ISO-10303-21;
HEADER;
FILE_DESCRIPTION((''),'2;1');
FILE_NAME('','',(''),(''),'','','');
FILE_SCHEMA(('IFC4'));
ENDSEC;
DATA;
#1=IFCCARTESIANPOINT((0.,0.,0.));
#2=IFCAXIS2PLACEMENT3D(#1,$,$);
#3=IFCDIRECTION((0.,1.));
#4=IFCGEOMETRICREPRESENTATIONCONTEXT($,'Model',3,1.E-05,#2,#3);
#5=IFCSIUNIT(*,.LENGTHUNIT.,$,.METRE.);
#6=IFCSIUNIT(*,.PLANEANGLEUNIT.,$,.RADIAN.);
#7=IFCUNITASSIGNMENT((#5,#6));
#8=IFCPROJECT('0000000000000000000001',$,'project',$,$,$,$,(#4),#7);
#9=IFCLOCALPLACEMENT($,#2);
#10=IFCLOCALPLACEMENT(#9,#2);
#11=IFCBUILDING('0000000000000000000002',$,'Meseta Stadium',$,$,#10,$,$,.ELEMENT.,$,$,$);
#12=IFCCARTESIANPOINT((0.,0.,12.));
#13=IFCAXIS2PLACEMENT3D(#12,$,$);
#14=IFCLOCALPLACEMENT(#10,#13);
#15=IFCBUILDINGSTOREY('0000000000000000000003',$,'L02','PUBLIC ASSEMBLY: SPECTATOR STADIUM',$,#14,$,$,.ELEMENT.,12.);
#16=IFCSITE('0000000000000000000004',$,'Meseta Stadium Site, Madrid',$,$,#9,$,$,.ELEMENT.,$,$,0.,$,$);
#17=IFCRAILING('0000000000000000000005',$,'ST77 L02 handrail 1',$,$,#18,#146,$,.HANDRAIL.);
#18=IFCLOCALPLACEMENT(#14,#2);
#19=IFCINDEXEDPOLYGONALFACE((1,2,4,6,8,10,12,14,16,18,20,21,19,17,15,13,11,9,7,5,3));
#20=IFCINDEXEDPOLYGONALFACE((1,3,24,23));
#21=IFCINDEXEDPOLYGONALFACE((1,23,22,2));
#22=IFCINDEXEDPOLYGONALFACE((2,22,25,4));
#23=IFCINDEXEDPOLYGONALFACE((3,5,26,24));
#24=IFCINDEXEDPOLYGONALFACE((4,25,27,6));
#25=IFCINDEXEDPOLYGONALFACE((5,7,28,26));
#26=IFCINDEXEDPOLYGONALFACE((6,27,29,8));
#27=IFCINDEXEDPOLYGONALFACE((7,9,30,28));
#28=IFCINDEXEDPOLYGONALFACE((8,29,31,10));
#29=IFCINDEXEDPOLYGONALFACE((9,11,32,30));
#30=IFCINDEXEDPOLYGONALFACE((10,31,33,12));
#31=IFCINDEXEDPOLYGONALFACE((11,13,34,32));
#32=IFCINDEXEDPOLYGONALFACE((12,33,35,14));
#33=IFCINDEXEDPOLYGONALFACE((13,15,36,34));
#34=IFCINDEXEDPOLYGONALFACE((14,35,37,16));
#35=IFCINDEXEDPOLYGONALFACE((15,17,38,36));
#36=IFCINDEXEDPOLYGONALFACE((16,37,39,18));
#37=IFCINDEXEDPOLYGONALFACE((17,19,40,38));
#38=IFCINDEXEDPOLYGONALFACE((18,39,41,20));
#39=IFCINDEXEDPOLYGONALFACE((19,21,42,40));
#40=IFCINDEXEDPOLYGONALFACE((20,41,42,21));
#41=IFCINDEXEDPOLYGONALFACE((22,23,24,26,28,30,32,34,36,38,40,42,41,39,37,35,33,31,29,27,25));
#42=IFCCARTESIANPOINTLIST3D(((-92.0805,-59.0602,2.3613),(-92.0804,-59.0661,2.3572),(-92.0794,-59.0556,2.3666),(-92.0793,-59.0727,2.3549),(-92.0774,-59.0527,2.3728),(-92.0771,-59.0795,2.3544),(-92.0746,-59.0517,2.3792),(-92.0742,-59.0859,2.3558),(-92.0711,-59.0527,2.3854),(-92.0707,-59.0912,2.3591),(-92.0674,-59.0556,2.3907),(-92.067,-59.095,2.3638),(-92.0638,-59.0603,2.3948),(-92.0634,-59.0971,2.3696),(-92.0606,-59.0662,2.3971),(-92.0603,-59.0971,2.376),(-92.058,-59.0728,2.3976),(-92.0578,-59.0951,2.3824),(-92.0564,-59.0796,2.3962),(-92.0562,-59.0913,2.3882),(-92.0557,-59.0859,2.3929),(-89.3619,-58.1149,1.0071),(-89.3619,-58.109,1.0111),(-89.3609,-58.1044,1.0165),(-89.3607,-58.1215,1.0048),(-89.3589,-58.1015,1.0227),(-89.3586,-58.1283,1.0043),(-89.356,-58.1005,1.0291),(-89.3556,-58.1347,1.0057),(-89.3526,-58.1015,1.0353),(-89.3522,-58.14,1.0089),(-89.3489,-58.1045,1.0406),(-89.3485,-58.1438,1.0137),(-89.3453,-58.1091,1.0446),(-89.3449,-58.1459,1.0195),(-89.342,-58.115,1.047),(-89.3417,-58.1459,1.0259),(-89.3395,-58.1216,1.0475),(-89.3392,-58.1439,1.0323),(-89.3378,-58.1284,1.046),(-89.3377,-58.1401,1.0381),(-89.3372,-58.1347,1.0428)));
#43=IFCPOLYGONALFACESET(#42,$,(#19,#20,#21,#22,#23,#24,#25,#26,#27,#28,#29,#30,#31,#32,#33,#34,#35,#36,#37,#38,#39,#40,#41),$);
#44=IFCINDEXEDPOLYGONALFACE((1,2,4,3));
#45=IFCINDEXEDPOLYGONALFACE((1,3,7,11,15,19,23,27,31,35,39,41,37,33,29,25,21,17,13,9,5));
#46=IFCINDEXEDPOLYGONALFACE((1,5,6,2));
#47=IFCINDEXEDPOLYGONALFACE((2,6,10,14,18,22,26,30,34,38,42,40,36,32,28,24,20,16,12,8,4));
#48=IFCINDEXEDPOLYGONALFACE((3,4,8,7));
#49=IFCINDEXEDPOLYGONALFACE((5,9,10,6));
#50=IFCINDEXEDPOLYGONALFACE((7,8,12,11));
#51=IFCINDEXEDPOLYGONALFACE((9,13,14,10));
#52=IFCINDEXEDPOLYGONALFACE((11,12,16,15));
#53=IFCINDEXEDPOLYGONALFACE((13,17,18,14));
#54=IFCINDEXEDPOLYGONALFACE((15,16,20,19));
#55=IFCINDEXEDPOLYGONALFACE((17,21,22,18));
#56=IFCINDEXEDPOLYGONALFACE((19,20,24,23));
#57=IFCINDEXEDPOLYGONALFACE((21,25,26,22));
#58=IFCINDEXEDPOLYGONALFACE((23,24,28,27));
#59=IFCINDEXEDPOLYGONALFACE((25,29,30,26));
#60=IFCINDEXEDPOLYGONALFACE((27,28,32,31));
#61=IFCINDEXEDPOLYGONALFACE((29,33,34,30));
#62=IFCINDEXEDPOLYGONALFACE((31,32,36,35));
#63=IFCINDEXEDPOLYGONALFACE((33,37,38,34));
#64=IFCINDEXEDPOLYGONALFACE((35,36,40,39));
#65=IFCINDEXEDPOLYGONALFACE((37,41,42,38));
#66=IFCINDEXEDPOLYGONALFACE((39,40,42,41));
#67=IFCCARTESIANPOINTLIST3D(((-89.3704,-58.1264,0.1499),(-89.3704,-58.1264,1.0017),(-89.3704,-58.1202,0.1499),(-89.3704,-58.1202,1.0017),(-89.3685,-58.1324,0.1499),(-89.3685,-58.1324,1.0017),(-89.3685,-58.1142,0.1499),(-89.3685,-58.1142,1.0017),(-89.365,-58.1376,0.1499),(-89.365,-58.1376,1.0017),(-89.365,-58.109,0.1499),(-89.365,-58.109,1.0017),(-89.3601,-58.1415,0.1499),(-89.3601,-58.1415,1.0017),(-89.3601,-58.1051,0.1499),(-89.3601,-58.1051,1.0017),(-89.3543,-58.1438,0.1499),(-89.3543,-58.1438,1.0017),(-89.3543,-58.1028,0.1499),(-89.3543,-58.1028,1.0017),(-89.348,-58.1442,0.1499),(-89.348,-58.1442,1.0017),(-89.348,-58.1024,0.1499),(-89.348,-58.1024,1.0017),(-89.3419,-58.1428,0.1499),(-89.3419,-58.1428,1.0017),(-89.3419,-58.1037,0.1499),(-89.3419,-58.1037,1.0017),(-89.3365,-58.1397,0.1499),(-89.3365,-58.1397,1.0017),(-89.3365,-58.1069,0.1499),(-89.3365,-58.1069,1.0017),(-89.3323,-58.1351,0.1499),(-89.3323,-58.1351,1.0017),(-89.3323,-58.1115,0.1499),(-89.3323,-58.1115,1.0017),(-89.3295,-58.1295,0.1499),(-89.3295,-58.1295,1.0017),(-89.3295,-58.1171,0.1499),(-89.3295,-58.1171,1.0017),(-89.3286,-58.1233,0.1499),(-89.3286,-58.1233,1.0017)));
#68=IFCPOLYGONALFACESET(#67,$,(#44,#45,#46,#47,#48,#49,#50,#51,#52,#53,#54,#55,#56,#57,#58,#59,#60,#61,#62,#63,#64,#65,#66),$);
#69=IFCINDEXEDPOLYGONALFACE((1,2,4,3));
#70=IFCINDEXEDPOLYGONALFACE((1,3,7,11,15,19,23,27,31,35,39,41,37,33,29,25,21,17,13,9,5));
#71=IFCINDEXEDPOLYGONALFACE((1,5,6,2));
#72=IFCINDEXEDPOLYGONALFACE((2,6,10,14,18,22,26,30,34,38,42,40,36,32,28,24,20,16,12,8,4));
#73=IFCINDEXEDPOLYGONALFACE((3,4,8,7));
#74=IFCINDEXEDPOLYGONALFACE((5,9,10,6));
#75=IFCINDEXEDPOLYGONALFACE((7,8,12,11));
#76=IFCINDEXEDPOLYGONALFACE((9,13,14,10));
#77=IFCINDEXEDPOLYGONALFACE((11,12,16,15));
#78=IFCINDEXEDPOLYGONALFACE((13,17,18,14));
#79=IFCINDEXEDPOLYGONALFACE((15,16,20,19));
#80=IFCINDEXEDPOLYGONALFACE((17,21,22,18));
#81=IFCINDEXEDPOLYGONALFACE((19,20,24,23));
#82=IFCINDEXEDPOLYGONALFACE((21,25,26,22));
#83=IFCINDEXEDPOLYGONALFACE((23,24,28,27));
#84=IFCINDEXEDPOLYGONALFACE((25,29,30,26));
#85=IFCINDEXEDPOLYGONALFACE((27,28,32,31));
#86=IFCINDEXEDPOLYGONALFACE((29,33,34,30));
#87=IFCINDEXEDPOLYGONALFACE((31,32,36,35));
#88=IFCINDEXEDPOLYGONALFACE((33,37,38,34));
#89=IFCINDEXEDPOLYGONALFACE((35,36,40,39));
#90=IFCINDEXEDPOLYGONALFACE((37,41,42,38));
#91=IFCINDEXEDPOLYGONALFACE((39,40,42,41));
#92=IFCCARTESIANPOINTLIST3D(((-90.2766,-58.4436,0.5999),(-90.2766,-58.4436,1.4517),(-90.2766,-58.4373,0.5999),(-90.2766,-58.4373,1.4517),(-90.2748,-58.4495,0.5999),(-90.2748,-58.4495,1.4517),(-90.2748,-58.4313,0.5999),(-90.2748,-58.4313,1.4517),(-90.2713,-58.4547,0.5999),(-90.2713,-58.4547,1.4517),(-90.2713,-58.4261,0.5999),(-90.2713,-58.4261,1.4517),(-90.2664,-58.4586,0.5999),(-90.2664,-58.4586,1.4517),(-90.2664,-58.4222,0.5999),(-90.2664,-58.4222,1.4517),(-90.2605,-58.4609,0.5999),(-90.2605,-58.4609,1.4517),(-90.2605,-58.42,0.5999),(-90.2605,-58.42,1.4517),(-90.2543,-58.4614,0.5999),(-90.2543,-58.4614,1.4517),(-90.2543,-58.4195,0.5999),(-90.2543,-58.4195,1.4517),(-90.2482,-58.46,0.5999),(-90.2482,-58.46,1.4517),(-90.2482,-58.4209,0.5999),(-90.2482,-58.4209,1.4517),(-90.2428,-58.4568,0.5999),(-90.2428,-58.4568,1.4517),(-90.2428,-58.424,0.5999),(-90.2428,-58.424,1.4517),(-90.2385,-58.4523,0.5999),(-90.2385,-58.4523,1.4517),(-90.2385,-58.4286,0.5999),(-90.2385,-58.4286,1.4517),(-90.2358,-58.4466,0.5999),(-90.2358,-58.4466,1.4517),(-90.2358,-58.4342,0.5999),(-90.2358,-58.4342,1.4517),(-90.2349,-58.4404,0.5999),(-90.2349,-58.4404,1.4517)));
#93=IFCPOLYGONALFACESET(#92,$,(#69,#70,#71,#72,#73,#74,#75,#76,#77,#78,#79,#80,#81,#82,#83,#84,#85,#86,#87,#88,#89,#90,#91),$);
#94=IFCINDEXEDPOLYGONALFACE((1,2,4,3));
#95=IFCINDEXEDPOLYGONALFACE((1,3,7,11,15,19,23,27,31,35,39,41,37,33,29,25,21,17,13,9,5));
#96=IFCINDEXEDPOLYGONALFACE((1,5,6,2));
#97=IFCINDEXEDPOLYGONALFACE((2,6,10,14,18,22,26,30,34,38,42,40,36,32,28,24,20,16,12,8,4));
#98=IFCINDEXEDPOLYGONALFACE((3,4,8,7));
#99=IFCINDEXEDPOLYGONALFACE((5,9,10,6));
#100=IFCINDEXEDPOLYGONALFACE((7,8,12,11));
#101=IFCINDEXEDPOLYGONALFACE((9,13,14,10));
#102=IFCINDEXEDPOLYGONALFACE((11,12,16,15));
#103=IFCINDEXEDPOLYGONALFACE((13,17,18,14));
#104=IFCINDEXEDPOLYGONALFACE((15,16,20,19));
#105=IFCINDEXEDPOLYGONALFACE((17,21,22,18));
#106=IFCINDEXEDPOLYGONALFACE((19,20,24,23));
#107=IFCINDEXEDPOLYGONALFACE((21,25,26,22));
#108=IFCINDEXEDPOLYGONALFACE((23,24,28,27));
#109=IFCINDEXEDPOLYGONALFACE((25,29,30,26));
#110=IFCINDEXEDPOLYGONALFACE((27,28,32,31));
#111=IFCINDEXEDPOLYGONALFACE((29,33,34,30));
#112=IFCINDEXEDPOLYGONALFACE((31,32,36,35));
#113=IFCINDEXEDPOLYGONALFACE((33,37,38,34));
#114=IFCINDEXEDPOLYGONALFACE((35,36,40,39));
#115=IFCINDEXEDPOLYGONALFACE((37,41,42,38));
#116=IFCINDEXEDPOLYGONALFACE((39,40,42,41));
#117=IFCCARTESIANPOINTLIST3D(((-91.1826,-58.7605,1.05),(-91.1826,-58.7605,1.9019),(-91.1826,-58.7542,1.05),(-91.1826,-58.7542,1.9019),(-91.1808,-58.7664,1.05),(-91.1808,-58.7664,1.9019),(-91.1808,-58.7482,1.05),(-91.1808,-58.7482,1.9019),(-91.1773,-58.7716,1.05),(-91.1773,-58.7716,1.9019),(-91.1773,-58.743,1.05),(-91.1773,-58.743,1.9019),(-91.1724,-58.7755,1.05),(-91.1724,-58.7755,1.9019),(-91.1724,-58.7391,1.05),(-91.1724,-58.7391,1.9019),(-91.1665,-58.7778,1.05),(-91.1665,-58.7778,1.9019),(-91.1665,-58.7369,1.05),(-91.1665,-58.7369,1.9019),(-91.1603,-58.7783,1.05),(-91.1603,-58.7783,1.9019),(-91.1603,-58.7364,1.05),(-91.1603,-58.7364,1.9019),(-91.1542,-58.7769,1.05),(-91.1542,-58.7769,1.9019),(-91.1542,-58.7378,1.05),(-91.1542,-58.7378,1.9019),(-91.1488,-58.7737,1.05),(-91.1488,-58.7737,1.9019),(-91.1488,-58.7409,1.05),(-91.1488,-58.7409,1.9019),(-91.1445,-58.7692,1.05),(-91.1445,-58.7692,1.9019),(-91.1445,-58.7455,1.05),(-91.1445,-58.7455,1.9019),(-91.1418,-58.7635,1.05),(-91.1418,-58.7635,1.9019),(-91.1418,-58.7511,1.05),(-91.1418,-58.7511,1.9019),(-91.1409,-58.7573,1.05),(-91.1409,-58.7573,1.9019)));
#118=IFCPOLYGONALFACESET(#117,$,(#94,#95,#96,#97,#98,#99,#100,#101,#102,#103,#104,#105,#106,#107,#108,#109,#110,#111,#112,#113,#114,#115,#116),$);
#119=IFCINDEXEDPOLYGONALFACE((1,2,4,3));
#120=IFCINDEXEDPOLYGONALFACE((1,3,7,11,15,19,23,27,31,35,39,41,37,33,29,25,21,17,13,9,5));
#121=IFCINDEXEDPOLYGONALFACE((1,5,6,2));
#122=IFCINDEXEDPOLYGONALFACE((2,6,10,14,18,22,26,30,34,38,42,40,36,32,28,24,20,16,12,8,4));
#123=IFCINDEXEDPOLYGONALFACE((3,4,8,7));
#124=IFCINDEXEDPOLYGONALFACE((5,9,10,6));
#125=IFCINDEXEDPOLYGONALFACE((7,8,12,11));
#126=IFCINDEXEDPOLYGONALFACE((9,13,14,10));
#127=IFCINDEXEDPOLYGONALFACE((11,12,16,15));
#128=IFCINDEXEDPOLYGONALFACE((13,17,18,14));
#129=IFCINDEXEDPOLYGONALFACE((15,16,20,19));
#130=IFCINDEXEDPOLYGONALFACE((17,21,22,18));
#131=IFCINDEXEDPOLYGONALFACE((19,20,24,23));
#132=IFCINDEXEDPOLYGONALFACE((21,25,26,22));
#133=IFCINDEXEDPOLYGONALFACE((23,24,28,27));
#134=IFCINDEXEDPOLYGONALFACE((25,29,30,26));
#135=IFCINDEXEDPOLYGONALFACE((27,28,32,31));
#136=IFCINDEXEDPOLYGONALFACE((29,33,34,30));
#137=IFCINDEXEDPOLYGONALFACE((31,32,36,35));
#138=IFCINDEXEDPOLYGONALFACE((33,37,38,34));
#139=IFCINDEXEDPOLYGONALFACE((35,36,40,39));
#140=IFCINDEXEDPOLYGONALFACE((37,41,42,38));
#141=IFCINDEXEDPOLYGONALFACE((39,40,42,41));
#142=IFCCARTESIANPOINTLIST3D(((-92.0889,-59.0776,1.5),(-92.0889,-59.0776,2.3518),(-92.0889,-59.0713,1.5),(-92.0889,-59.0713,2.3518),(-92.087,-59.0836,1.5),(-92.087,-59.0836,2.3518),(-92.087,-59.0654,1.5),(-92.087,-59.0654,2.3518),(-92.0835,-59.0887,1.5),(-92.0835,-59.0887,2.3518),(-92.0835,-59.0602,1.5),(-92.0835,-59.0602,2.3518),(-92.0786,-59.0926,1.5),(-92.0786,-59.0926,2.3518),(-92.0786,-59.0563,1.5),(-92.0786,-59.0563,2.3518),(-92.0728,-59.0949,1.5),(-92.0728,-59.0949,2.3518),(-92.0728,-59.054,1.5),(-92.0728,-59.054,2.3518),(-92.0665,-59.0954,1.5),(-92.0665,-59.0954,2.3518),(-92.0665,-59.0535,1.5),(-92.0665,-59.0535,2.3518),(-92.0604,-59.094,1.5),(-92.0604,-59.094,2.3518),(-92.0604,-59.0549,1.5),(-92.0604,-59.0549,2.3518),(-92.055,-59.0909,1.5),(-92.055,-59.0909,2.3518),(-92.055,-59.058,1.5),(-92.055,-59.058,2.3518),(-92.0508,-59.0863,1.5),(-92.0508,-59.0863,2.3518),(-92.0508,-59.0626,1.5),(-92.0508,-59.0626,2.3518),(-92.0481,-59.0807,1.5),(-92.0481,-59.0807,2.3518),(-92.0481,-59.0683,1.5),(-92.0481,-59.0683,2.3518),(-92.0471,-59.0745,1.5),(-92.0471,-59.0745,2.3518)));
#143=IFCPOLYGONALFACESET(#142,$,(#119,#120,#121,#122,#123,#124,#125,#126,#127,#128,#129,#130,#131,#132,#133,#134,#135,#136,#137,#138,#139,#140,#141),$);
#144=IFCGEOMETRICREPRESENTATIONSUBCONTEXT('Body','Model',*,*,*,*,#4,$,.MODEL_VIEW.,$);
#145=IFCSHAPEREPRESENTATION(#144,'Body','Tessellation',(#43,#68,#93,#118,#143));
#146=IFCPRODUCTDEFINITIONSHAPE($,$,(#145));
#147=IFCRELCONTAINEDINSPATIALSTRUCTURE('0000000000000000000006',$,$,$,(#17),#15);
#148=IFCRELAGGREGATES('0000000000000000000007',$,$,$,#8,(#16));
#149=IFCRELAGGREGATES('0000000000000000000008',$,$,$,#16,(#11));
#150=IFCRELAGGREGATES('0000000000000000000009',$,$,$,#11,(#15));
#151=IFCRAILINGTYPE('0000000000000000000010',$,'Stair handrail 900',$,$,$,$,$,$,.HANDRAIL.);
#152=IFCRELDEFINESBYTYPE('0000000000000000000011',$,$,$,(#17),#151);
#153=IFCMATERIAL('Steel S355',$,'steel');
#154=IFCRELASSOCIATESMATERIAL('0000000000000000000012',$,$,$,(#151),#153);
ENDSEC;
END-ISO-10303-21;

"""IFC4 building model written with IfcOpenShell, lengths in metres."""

from ifc_helpers import new_model, si_unit, direction, frame, origin, origin_2d, place, context, subcontext, project, spatial, circle, extrude, material, type_object, element, save


model = new_model("IFC4")

# Units and contexts
model_context = context("Model", 3, precision=1e-05, world=origin(), true_north=direction((0.0, 1.0)))
body_context = subcontext(model_context, "Body", "Model", "MODEL_VIEW")
ifc_project = project(units=[si_unit("LENGTHUNIT", "METRE"), si_unit("PLANEANGLEUNIT", "RADIAN")], contexts=[model_context])

# Site, building, storey
site_placement = place(None, origin())
site = spatial("IfcSite", under=ifc_project, at=site_placement, Name="Meseta Stadium Site, Madrid", CompositionType="ELEMENT", RefElevation=0.0)
building_placement = place(site_placement, origin())
building = spatial("IfcBuilding", under=site, at=building_placement, Name="Meseta Stadium", CompositionType="ELEMENT")
storey_placement = place(building_placement, frame((0.0, 0.0, 12.0)))
storey = spatial("IfcBuildingStorey", under=building, at=storey_placement, Name="L02", Description="PUBLIC ASSEMBLY: SPECTATOR STADIUM", CompositionType="ELEMENT", Elevation=12.0)

# Railing
ifc_material_1 = material(Name="Steel S355", Category="steel")
railing_type_1 = type_object("IfcRailingType", Name="Stair handrail 900", PredefinedType="HANDRAIL", material=ifc_material_1)
for number, where, name in (
    (1, (-89.3496, -58.1233, 0.1499), "ST77 L02 handrail 1"),
):
    element("IfcRailing", number, at=place(storey_placement, frame(where)), inside=storey, type_object=railing_type_1, Name=name, PredefinedType="HANDRAIL", context=body_context, shape_type="SweptSolid", body=[
        extrude(circle(Radius=0.0239, at=origin_2d()), frame((0.0, 0.0, 0.876), z_axis=(-0.854649, -0.299031, 0.424446), x_axis=(0.330256, -0.943891, 0.0)), (0.0, 0.0, 1.0), 3.1809),
        extrude(circle(Radius=0.021, at=origin_2d()), origin(), (0.0, 0.0, 1.0), 0.8518),
        extrude(circle(Radius=0.021, at=origin_2d()), frame((-0.9062, -0.3171, 0.45)), (0.0, 0.0, 1.0), 0.8518),
        extrude(circle(Radius=0.021, at=origin_2d()), frame((-1.8123, -0.634, 0.9001)), (0.0, 0.0, 1.0), 0.8518),
        extrude(circle(Radius=0.021, at=origin_2d()), frame((-2.7185, -0.9512, 1.3501)), (0.0, 0.0, 1.0), 0.8518),
    ])

save(model, "model.ifc")
